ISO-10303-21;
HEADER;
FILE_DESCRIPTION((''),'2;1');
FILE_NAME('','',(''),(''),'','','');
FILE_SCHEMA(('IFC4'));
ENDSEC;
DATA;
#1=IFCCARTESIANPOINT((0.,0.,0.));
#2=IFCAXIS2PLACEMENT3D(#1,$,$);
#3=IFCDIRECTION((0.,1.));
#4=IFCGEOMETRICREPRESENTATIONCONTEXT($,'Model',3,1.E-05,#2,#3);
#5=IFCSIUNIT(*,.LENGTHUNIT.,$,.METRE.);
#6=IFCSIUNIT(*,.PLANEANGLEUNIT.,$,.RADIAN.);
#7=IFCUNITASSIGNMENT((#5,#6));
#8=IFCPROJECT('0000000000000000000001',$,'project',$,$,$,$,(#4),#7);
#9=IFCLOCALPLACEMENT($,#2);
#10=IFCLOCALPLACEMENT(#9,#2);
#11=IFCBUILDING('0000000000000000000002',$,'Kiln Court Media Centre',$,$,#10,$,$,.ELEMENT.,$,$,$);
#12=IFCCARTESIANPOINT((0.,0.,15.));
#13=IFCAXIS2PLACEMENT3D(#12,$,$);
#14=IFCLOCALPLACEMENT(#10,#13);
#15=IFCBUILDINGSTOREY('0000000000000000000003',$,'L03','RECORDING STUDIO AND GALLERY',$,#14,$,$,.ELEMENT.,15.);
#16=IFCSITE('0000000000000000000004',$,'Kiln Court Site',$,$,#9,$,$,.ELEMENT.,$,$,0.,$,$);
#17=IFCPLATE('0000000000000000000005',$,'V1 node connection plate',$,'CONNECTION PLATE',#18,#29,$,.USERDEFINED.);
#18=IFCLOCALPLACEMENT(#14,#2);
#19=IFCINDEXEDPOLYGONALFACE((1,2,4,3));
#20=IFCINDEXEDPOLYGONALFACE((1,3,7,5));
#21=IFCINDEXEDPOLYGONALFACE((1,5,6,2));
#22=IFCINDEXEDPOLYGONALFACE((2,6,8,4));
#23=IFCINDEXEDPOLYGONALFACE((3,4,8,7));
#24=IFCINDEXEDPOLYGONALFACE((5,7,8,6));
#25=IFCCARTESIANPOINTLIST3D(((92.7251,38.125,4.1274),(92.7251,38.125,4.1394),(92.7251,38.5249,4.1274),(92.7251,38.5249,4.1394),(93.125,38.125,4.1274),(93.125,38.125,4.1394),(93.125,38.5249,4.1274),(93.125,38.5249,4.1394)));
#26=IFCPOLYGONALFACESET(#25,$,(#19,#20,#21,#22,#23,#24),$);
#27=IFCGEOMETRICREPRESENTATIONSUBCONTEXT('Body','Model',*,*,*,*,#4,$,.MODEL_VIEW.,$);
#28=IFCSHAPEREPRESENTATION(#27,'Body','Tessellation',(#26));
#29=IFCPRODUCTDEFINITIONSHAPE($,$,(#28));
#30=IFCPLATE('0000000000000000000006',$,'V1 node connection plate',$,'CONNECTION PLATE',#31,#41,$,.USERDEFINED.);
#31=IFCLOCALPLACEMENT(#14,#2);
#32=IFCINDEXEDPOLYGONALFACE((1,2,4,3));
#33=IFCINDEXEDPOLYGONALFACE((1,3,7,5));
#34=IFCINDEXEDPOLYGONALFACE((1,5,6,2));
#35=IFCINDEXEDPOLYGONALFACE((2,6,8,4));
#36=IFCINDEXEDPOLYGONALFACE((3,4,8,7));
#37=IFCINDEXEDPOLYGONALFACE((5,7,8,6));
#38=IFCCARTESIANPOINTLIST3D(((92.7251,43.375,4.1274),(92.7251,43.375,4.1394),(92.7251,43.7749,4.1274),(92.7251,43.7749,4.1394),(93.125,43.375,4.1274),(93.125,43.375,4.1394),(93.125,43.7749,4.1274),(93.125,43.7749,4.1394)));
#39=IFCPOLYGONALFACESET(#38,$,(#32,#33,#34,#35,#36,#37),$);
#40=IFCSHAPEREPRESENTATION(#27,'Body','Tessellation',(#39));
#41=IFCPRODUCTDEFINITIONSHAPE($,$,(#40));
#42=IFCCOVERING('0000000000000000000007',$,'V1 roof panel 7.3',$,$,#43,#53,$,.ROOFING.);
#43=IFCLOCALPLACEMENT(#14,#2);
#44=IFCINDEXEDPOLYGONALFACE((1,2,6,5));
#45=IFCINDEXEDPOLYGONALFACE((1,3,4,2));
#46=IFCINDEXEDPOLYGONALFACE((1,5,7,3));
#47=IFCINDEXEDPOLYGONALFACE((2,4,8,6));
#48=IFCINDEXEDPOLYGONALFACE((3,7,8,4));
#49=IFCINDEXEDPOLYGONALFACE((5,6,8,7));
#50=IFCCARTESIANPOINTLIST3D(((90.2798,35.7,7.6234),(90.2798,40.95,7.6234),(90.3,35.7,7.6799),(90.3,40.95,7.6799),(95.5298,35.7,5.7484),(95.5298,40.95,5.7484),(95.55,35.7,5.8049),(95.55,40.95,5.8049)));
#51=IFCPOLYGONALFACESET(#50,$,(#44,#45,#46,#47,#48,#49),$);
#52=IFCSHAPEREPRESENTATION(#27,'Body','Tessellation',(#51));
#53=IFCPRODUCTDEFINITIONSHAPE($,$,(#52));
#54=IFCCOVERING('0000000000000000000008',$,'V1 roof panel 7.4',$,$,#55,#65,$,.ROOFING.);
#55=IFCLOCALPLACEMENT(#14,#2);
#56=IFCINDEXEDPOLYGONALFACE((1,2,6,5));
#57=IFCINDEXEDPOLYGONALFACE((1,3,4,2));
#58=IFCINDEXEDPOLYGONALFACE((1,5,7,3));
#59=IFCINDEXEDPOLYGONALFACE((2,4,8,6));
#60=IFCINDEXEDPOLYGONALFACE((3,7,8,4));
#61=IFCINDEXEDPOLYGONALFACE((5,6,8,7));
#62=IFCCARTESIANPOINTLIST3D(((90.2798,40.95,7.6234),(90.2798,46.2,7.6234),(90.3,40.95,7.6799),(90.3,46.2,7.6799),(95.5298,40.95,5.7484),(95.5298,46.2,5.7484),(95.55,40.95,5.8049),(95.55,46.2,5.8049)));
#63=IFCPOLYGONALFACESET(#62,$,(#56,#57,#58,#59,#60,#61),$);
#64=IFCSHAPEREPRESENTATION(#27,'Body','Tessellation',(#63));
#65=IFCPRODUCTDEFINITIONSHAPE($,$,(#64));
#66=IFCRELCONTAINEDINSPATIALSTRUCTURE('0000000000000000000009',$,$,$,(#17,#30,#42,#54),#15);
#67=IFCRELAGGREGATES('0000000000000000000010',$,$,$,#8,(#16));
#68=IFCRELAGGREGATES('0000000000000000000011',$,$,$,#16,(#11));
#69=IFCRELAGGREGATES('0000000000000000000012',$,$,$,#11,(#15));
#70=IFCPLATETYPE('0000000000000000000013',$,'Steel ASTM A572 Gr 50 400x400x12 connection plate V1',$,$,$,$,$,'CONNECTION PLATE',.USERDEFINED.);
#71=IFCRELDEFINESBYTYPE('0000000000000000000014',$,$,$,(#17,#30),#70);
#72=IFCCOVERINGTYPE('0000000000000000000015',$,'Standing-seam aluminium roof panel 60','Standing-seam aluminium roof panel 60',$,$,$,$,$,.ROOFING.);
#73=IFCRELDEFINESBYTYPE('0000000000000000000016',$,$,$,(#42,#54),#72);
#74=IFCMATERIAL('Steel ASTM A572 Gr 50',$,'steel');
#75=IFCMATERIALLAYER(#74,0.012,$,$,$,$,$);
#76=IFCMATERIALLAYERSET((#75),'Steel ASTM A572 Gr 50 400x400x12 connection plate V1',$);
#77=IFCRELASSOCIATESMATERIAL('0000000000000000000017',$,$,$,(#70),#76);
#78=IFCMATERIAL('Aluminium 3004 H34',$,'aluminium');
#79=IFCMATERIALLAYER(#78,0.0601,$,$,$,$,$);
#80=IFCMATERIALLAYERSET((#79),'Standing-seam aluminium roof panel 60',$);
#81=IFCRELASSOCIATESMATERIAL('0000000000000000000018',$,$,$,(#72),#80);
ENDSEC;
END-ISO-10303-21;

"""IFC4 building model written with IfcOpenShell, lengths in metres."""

from ifc_helpers import new_model, si_unit, direction, frame, origin, origin_2d, place, context, subcontext, project, spatial, polyline, rectangle, outline, extrude, material, layer, layer_set, type_object, element, save


model = new_model("IFC4")

# Units and contexts
model_context = context("Model", 3, precision=1e-05, world=origin(), true_north=direction((0.0, 1.0)))
body_context = subcontext(model_context, "Body", "Model", "MODEL_VIEW")
ifc_project = project(units=[si_unit("LENGTHUNIT", "METRE"), si_unit("PLANEANGLEUNIT", "RADIAN")], contexts=[model_context])

# Site, building, storey
site_placement = place(None, origin())
site = spatial("IfcSite", under=ifc_project, at=site_placement, Name="Kiln Court Site", CompositionType="ELEMENT", RefElevation=0.0)
building_placement = place(site_placement, origin())
building = spatial("IfcBuilding", under=site, at=building_placement, Name="Kiln Court Media Centre", CompositionType="ELEMENT")
storey_placement = place(building_placement, frame((0.0, 0.0, 15.0)))
storey = spatial("IfcBuildingStorey", under=building, at=storey_placement, Name="L03", Description="RECORDING STUDIO AND GALLERY", CompositionType="ELEMENT", Elevation=15.0)

# Plates
ifc_material_1 = material(Name="Steel ASTM A572 Gr 50", Category="steel")
ifc_layer_1 = layer(ifc_material_1, 0.012)
ifc_layer_set_1 = layer_set([ifc_layer_1], Name="Steel ASTM A572 Gr 50 400x400x12 connection plate V1")
plate_type = type_object("IfcPlateType", Name="Steel ASTM A572 Gr 50 400x400x12 connection plate V1", ElementType="CONNECTION PLATE", PredefinedType="USERDEFINED", material=ifc_layer_set_1)
for number, where, z_axis, x_axis, name in (
    (1, (92.925, 38.325, 4.1274), (0.0, 0.0, 1.0), (1.0, 0.0, 0.0), "V1 node connection plate"),
    (2, (92.925, 43.575, 4.1274), (0.0, 0.0, 1.0), (1.0, 0.0, 0.0), "V1 node connection plate"),
):
    element("IfcPlate", number, at=place(storey_placement, frame(where, z_axis=z_axis, x_axis=x_axis)), inside=storey, type_object=plate_type, Name=name, ObjectType="CONNECTION PLATE", PredefinedType="USERDEFINED", context=body_context, shape_type="SweptSolid", body=[
        extrude(rectangle(XDim=0.3999, YDim=0.3999, at=origin_2d()), origin(), (0.0, 0.0, 1.0), 0.012),
    ])

# Coverings
ifc_material_2 = material(Name="Aluminium 3004 H34", Category="aluminium")
ifc_layer_2 = layer(ifc_material_2, 0.0601)
ifc_layer_set_2 = layer_set([ifc_layer_2], Name="Standing-seam aluminium roof panel 60")
covering_type = type_object("IfcCoveringType", Name="Standing-seam aluminium roof panel 60", Description="Standing-seam aluminium roof panel 60", PredefinedType="ROOFING", material=ifc_layer_set_2)
for number, where, z_axis, x_axis, name in (
    (3, (90.3, 35.7, 7.6799), (0.336336, 0.0, 0.941742), (0.941742, 0.0, -0.336336), "V1 roof panel 7.3"),
    (4, (90.3, 40.95, 7.6799), (0.336336, 0.0, 0.941742), (0.941742, 0.0, -0.336336), "V1 roof panel 7.4"),
):
    element("IfcCovering", number, at=place(storey_placement, frame(where, z_axis=z_axis, x_axis=x_axis)), inside=storey, type_object=covering_type, Name=name, PredefinedType="ROOFING", context=body_context, shape_type="SweptSolid", body=[
        extrude(outline(polyline([(0.0, 0.0), (5.5748, 0.0), (5.5748, 5.25), (0.0, 5.25), (0.0, 0.0)])), origin(), (0.0, 0.0, -1.0), 0.0601),
    ])

save(model, "model.ifc")
